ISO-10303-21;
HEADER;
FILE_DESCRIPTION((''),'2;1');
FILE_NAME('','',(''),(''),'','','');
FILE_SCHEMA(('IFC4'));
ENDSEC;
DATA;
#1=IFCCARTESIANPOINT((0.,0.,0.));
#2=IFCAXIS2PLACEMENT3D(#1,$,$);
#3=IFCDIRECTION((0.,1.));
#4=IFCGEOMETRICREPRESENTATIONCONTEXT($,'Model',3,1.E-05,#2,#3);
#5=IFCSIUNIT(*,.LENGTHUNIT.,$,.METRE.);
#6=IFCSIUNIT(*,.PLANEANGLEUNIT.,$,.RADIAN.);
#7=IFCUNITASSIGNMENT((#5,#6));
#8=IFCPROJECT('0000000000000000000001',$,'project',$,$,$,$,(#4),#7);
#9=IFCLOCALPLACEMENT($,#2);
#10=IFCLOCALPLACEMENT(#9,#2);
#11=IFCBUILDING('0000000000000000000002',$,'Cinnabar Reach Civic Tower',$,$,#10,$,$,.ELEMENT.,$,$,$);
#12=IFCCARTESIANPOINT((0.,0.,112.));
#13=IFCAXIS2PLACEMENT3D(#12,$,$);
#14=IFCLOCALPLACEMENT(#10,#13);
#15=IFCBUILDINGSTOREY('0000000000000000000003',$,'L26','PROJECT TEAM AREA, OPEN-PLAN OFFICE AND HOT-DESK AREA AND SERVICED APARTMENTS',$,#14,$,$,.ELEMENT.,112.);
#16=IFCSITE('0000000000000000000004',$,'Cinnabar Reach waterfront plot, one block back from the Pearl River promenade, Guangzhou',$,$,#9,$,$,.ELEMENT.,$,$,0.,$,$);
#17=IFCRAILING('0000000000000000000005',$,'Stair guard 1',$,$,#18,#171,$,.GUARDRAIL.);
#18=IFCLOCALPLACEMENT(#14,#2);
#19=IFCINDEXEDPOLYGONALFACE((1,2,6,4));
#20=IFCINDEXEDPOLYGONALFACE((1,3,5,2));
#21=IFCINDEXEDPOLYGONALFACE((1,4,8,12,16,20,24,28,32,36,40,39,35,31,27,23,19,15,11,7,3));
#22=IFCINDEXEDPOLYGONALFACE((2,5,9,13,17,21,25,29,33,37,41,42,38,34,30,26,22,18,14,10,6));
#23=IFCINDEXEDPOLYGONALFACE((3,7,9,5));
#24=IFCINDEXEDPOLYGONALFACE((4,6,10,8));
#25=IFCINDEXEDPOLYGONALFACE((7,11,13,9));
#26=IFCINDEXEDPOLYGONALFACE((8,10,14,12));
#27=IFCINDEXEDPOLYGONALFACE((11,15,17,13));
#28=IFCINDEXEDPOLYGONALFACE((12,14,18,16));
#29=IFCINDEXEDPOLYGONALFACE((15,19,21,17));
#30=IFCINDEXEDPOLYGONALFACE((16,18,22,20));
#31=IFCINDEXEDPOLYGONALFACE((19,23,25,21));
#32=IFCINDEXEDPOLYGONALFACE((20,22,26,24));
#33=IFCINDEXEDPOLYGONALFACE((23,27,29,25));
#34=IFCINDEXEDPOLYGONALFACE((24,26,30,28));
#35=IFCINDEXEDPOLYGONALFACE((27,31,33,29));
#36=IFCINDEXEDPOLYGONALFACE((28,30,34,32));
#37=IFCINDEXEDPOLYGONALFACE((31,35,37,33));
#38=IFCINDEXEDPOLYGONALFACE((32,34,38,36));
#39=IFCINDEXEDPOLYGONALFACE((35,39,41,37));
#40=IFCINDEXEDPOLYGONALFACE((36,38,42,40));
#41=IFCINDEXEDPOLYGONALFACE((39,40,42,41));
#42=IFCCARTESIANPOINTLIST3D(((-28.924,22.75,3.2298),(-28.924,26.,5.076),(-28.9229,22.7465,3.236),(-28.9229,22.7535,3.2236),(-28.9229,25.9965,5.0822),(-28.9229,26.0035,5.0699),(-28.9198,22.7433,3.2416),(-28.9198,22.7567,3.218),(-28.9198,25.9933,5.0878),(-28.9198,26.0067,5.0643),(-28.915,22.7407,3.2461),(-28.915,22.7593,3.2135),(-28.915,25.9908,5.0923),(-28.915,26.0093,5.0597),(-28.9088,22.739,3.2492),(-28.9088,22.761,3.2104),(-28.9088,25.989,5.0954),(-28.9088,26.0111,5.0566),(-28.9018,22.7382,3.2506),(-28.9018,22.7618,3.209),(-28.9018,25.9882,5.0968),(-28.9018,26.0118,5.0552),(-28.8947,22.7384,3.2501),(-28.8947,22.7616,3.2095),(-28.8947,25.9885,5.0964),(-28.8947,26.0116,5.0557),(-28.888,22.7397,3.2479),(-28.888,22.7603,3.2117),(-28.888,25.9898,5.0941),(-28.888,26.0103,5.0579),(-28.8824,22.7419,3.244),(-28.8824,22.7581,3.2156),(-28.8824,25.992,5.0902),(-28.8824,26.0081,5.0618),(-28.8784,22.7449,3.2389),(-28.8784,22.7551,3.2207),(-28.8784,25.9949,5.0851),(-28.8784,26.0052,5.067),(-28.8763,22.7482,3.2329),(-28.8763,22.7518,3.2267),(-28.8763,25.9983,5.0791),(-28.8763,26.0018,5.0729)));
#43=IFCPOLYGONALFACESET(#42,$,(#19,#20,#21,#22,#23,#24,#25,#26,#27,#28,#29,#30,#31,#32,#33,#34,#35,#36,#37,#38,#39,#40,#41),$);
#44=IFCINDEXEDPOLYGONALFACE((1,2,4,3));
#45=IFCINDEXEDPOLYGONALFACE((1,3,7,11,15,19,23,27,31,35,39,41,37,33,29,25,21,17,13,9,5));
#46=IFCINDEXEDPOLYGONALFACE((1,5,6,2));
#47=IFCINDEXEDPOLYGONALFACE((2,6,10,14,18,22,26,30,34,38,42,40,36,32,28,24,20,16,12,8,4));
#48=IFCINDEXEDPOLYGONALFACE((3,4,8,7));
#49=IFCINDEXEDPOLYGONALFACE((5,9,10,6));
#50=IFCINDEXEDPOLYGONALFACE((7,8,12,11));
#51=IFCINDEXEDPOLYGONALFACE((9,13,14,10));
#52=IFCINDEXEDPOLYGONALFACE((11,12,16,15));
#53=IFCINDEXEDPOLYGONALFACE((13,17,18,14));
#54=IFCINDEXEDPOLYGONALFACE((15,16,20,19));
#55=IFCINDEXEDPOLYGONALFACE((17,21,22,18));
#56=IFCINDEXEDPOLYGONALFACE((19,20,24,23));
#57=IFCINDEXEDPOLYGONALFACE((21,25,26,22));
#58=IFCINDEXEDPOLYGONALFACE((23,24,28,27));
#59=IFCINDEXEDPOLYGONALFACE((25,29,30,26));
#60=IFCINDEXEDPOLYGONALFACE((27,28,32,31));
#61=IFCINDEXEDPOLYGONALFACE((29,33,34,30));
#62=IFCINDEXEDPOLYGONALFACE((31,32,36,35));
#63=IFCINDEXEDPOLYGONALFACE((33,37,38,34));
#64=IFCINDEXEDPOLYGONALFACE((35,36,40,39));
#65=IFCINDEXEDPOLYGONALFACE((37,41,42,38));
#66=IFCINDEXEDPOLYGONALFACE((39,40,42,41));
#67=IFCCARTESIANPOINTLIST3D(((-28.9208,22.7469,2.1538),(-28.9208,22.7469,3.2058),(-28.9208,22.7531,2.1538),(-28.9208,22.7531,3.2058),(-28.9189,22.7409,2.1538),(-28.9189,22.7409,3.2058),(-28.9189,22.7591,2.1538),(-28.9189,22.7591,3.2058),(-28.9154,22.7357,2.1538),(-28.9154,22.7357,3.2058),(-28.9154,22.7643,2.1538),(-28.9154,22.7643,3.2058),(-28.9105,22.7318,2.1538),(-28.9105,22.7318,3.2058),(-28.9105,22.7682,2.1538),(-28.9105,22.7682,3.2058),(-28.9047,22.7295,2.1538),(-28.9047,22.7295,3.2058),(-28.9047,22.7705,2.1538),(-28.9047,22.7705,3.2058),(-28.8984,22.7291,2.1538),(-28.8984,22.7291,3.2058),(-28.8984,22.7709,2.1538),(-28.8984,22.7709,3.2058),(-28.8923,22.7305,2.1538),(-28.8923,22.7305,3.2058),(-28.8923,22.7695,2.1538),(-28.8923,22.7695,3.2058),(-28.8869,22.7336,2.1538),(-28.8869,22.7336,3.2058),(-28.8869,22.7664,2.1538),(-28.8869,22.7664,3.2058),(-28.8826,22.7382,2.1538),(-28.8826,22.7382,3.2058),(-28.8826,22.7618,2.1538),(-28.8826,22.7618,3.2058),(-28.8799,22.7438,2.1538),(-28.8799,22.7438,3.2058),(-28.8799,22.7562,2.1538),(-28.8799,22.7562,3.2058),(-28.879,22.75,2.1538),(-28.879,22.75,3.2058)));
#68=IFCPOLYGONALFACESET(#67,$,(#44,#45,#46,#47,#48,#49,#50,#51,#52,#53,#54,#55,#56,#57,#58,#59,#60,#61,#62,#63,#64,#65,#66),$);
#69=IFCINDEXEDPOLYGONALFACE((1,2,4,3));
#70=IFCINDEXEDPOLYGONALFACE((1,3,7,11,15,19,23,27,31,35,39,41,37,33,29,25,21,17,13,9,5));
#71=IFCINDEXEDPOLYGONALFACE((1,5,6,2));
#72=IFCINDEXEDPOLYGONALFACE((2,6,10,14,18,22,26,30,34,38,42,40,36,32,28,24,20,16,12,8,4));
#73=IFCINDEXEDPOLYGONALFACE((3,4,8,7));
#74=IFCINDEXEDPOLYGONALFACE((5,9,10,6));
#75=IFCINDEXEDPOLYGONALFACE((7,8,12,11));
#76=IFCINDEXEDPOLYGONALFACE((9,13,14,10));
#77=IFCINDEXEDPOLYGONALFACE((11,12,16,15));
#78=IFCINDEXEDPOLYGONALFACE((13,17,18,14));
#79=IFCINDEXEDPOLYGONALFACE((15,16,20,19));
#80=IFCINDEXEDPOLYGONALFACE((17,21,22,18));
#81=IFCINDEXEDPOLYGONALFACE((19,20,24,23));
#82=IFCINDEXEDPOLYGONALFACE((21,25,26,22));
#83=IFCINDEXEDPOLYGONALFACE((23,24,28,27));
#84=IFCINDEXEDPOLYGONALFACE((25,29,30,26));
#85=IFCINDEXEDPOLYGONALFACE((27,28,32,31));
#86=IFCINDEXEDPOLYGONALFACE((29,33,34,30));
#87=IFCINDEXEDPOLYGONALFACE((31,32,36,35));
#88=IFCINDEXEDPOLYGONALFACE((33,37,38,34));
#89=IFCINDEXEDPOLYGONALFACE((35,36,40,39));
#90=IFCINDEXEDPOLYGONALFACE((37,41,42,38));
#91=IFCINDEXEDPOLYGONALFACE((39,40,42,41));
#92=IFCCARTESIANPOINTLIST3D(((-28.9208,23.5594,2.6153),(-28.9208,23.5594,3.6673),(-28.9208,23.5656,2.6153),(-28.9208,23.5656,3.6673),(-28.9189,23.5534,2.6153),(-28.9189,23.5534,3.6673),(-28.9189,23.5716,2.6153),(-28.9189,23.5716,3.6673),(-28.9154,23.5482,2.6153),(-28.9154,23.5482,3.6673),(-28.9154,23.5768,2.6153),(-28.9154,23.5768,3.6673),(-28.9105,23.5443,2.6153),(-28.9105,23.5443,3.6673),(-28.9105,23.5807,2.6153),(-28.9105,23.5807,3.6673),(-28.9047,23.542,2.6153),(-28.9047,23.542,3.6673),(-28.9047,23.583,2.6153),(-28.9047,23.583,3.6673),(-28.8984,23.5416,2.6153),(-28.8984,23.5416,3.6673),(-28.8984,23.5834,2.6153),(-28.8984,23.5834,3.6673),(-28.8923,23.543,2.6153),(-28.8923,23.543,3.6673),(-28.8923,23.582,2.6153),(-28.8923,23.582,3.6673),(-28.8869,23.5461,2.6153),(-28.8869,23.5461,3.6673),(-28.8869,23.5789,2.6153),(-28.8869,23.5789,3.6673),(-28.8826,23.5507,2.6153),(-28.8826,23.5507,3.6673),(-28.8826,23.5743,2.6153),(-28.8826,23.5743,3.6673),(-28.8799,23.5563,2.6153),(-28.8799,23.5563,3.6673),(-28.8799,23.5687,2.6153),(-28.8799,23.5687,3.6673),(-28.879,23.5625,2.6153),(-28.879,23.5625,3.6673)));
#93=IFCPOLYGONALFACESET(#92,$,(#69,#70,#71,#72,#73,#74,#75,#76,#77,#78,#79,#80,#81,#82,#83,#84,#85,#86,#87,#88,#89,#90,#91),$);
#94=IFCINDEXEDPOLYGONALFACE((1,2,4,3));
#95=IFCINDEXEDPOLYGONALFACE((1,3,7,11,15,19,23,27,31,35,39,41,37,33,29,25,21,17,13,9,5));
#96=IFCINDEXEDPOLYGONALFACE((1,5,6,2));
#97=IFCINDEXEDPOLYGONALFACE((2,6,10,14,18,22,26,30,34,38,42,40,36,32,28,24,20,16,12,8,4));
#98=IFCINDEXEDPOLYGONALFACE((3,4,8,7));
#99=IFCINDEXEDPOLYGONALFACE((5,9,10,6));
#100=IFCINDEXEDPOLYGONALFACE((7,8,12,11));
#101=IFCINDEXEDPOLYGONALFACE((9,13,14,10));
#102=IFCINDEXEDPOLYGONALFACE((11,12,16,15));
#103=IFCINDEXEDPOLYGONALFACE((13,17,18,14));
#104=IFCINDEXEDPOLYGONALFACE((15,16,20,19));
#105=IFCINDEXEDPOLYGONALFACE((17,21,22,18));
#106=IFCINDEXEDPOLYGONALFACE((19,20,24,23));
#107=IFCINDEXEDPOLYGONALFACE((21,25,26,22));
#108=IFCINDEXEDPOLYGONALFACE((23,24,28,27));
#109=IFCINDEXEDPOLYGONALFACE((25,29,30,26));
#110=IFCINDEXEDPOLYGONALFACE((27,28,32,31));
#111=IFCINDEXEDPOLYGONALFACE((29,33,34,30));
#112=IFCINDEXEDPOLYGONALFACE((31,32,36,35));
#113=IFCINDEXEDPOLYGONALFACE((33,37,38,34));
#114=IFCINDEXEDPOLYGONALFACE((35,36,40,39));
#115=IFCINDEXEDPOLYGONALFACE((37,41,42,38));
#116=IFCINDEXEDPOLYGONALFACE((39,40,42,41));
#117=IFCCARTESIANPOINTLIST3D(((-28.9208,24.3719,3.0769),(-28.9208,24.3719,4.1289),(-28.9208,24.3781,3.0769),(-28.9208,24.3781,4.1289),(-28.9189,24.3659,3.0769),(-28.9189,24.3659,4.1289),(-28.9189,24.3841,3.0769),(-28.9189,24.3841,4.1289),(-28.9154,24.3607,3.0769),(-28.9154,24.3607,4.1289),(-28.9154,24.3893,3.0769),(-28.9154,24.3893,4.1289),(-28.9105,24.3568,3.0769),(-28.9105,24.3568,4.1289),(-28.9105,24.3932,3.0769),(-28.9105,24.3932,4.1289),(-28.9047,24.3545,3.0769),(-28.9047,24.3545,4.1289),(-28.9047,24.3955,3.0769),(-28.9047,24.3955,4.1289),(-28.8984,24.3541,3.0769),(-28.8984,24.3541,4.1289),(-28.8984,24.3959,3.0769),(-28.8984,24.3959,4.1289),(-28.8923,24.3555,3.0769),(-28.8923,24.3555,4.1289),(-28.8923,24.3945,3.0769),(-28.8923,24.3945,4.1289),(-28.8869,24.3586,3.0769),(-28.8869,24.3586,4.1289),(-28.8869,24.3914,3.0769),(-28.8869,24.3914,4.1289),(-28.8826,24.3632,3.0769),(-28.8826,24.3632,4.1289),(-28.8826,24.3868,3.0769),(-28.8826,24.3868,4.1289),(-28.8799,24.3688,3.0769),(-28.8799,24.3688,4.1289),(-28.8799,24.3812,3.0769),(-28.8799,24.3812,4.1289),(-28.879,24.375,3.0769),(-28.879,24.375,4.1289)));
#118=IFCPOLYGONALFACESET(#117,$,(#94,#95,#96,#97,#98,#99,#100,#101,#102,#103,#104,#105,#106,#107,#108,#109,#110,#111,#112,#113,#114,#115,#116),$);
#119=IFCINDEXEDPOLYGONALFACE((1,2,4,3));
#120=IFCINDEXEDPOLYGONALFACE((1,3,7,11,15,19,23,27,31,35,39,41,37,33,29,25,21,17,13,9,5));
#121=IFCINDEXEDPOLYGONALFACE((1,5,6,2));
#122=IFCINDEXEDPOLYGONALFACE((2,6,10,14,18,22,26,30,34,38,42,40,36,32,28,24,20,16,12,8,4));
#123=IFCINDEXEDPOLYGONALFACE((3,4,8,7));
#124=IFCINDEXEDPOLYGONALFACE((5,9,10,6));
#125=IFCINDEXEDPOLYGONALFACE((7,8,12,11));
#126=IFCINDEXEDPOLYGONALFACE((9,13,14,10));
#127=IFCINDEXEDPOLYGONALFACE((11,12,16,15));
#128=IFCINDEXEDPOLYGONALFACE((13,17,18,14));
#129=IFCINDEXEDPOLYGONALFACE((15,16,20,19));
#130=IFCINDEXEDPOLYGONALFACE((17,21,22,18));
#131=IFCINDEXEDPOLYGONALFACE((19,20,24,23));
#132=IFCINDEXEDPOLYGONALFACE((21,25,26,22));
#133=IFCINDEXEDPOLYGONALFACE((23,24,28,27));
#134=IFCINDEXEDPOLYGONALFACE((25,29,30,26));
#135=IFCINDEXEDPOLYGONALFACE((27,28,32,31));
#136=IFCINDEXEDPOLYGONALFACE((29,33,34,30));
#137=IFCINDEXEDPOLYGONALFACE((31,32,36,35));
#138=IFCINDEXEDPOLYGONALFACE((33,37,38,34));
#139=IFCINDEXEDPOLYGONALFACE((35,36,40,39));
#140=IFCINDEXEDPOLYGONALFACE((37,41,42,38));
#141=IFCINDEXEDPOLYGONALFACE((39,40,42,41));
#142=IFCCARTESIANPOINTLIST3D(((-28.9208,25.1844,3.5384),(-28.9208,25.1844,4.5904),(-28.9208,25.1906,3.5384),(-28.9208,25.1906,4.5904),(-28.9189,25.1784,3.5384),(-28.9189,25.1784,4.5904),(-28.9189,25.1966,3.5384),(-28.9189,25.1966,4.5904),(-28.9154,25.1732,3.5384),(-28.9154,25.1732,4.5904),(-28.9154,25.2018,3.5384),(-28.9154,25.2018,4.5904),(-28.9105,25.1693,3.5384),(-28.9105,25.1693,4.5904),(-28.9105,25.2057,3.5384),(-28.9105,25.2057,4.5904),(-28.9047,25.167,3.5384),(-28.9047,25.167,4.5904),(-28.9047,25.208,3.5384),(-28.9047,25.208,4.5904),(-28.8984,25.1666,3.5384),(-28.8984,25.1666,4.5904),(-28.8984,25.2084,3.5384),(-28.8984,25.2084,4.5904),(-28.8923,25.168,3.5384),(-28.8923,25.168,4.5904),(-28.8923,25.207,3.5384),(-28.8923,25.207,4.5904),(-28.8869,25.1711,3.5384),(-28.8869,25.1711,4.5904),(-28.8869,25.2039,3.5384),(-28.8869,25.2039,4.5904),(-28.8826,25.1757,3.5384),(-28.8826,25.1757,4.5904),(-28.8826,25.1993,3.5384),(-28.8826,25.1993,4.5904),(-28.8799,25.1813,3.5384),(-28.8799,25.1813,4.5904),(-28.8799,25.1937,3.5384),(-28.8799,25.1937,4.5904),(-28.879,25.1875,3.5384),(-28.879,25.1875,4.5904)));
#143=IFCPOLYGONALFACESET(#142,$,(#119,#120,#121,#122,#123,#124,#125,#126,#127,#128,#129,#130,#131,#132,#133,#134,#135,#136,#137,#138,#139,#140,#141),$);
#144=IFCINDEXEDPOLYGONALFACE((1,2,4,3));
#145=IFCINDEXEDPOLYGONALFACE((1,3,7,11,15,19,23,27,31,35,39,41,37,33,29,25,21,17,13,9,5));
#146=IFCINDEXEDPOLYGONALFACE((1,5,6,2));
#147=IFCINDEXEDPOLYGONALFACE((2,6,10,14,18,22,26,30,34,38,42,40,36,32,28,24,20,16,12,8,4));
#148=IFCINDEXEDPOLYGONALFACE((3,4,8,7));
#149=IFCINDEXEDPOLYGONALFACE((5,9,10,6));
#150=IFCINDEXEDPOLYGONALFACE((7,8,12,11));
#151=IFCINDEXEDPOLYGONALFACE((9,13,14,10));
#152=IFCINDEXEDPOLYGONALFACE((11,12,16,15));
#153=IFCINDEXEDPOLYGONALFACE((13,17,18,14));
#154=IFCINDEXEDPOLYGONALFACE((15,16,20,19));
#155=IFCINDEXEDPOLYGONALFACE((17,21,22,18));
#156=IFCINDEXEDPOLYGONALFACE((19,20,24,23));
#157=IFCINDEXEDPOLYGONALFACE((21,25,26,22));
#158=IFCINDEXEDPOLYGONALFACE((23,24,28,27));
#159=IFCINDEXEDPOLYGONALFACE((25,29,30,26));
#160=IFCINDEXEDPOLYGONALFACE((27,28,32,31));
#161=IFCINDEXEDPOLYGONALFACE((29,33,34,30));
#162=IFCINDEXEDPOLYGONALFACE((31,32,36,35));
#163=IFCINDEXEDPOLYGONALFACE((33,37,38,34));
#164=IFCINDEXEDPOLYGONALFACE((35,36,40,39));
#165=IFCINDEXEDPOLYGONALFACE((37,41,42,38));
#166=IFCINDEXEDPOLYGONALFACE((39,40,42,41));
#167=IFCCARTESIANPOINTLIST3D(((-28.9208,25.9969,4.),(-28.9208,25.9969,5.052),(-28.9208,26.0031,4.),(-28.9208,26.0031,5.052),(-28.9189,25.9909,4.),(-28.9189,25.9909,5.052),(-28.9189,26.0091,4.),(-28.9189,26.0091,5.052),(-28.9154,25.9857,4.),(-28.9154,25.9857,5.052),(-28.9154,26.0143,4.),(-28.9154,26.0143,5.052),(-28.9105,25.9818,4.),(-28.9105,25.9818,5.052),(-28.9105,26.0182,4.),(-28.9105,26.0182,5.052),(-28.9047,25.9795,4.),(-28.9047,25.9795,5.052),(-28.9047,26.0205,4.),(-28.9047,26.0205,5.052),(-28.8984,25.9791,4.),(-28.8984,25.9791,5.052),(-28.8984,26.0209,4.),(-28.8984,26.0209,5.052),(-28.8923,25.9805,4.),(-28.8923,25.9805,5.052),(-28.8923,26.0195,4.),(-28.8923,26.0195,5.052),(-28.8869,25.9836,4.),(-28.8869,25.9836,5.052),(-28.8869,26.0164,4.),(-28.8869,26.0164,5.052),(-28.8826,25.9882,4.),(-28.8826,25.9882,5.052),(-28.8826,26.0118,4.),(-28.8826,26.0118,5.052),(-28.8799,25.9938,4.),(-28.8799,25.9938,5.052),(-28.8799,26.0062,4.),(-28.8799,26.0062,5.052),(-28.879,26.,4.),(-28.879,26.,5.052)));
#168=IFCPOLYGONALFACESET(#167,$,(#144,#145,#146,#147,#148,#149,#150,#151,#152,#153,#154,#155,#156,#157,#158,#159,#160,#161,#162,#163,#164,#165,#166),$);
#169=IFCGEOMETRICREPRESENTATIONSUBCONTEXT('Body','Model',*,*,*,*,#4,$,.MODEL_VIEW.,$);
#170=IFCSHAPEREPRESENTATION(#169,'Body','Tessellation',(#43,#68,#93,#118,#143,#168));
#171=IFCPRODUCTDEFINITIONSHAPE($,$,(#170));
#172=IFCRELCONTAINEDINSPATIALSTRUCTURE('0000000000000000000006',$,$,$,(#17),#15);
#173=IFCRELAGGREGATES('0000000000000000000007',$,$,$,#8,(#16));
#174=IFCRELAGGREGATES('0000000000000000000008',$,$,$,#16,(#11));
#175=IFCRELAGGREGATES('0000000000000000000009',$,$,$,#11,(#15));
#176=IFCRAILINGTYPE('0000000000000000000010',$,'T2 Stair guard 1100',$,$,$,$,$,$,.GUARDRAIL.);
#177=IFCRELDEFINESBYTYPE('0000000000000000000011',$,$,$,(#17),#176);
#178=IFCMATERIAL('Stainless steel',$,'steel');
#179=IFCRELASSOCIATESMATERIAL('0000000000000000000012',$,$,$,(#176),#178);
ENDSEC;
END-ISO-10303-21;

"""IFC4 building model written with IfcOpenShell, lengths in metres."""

from ifc_helpers import new_model, si_unit, direction, frame, origin, origin_2d, place, context, subcontext, project, spatial, circle, extrude, material, type_object, element, save


model = new_model("IFC4")

# Units and contexts
model_context = context("Model", 3, precision=1e-05, world=origin(), true_north=direction((0.0, 1.0)))
body_context = subcontext(model_context, "Body", "Model", "MODEL_VIEW")
ifc_project = project(units=[si_unit("LENGTHUNIT", "METRE"), si_unit("PLANEANGLEUNIT", "RADIAN")], contexts=[model_context])

# Site, building, storey
site_placement = place(None, origin())
site = spatial("IfcSite", under=ifc_project, at=site_placement, Name="Cinnabar Reach waterfront plot, one block back from the Pearl River promenade, Guangzhou", CompositionType="ELEMENT", RefElevation=0.0)
building_placement = place(site_placement, origin())
building = spatial("IfcBuilding", under=site, at=building_placement, Name="Cinnabar Reach Civic Tower", CompositionType="ELEMENT")
storey_placement = place(building_placement, frame((0.0, 0.0, 112.0)))
storey = spatial("IfcBuildingStorey", under=building, at=storey_placement, Name="L26", Description="PROJECT TEAM AREA, OPEN-PLAN OFFICE AND HOT-DESK AREA AND SERVICED APARTMENTS", CompositionType="ELEMENT", Elevation=112.0)

# Railing
ifc_material_1 = material(Name="Stainless steel", Category="steel")
railing_type = type_object("IfcRailingType", Name="T2 Stair guard 1100", PredefinedType="GUARDRAIL", material=ifc_material_1)
railing_1_placement = place(storey_placement, frame((-28.9, 22.75, 2.1538)))
element("IfcRailing", 1, at=railing_1_placement, inside=storey, type_object=railing_type, Name="Stair guard 1", PredefinedType="GUARDRAIL", context=body_context, shape_type="SweptSolid", body=[
    extrude(circle(Radius=0.024, at=origin_2d()), frame((0.0, 0.0, 1.076), z_axis=(0.0, 0.869501, 0.49393), x_axis=(-1.0, 0.0, 0.0)), (0.0, 0.0, 1.0), 3.7378),
    extrude(circle(Radius=0.021, at=origin_2d()), origin(), (0.0, 0.0, 1.0), 1.052),
    extrude(circle(Radius=0.021, at=origin_2d()), frame((0.0, 0.8125, 0.4615)), (0.0, 0.0, 1.0), 1.052),
    extrude(circle(Radius=0.021, at=origin_2d()), frame((0.0, 1.625, 0.9231)), (0.0, 0.0, 1.0), 1.052),
    extrude(circle(Radius=0.021, at=origin_2d()), frame((0.0, 2.4375, 1.3846)), (0.0, 0.0, 1.0), 1.052),
    extrude(circle(Radius=0.021, at=origin_2d()), frame((0.0, 3.25, 1.8462)), (0.0, 0.0, 1.0), 1.052),
])

save(model, "model.ifc")
